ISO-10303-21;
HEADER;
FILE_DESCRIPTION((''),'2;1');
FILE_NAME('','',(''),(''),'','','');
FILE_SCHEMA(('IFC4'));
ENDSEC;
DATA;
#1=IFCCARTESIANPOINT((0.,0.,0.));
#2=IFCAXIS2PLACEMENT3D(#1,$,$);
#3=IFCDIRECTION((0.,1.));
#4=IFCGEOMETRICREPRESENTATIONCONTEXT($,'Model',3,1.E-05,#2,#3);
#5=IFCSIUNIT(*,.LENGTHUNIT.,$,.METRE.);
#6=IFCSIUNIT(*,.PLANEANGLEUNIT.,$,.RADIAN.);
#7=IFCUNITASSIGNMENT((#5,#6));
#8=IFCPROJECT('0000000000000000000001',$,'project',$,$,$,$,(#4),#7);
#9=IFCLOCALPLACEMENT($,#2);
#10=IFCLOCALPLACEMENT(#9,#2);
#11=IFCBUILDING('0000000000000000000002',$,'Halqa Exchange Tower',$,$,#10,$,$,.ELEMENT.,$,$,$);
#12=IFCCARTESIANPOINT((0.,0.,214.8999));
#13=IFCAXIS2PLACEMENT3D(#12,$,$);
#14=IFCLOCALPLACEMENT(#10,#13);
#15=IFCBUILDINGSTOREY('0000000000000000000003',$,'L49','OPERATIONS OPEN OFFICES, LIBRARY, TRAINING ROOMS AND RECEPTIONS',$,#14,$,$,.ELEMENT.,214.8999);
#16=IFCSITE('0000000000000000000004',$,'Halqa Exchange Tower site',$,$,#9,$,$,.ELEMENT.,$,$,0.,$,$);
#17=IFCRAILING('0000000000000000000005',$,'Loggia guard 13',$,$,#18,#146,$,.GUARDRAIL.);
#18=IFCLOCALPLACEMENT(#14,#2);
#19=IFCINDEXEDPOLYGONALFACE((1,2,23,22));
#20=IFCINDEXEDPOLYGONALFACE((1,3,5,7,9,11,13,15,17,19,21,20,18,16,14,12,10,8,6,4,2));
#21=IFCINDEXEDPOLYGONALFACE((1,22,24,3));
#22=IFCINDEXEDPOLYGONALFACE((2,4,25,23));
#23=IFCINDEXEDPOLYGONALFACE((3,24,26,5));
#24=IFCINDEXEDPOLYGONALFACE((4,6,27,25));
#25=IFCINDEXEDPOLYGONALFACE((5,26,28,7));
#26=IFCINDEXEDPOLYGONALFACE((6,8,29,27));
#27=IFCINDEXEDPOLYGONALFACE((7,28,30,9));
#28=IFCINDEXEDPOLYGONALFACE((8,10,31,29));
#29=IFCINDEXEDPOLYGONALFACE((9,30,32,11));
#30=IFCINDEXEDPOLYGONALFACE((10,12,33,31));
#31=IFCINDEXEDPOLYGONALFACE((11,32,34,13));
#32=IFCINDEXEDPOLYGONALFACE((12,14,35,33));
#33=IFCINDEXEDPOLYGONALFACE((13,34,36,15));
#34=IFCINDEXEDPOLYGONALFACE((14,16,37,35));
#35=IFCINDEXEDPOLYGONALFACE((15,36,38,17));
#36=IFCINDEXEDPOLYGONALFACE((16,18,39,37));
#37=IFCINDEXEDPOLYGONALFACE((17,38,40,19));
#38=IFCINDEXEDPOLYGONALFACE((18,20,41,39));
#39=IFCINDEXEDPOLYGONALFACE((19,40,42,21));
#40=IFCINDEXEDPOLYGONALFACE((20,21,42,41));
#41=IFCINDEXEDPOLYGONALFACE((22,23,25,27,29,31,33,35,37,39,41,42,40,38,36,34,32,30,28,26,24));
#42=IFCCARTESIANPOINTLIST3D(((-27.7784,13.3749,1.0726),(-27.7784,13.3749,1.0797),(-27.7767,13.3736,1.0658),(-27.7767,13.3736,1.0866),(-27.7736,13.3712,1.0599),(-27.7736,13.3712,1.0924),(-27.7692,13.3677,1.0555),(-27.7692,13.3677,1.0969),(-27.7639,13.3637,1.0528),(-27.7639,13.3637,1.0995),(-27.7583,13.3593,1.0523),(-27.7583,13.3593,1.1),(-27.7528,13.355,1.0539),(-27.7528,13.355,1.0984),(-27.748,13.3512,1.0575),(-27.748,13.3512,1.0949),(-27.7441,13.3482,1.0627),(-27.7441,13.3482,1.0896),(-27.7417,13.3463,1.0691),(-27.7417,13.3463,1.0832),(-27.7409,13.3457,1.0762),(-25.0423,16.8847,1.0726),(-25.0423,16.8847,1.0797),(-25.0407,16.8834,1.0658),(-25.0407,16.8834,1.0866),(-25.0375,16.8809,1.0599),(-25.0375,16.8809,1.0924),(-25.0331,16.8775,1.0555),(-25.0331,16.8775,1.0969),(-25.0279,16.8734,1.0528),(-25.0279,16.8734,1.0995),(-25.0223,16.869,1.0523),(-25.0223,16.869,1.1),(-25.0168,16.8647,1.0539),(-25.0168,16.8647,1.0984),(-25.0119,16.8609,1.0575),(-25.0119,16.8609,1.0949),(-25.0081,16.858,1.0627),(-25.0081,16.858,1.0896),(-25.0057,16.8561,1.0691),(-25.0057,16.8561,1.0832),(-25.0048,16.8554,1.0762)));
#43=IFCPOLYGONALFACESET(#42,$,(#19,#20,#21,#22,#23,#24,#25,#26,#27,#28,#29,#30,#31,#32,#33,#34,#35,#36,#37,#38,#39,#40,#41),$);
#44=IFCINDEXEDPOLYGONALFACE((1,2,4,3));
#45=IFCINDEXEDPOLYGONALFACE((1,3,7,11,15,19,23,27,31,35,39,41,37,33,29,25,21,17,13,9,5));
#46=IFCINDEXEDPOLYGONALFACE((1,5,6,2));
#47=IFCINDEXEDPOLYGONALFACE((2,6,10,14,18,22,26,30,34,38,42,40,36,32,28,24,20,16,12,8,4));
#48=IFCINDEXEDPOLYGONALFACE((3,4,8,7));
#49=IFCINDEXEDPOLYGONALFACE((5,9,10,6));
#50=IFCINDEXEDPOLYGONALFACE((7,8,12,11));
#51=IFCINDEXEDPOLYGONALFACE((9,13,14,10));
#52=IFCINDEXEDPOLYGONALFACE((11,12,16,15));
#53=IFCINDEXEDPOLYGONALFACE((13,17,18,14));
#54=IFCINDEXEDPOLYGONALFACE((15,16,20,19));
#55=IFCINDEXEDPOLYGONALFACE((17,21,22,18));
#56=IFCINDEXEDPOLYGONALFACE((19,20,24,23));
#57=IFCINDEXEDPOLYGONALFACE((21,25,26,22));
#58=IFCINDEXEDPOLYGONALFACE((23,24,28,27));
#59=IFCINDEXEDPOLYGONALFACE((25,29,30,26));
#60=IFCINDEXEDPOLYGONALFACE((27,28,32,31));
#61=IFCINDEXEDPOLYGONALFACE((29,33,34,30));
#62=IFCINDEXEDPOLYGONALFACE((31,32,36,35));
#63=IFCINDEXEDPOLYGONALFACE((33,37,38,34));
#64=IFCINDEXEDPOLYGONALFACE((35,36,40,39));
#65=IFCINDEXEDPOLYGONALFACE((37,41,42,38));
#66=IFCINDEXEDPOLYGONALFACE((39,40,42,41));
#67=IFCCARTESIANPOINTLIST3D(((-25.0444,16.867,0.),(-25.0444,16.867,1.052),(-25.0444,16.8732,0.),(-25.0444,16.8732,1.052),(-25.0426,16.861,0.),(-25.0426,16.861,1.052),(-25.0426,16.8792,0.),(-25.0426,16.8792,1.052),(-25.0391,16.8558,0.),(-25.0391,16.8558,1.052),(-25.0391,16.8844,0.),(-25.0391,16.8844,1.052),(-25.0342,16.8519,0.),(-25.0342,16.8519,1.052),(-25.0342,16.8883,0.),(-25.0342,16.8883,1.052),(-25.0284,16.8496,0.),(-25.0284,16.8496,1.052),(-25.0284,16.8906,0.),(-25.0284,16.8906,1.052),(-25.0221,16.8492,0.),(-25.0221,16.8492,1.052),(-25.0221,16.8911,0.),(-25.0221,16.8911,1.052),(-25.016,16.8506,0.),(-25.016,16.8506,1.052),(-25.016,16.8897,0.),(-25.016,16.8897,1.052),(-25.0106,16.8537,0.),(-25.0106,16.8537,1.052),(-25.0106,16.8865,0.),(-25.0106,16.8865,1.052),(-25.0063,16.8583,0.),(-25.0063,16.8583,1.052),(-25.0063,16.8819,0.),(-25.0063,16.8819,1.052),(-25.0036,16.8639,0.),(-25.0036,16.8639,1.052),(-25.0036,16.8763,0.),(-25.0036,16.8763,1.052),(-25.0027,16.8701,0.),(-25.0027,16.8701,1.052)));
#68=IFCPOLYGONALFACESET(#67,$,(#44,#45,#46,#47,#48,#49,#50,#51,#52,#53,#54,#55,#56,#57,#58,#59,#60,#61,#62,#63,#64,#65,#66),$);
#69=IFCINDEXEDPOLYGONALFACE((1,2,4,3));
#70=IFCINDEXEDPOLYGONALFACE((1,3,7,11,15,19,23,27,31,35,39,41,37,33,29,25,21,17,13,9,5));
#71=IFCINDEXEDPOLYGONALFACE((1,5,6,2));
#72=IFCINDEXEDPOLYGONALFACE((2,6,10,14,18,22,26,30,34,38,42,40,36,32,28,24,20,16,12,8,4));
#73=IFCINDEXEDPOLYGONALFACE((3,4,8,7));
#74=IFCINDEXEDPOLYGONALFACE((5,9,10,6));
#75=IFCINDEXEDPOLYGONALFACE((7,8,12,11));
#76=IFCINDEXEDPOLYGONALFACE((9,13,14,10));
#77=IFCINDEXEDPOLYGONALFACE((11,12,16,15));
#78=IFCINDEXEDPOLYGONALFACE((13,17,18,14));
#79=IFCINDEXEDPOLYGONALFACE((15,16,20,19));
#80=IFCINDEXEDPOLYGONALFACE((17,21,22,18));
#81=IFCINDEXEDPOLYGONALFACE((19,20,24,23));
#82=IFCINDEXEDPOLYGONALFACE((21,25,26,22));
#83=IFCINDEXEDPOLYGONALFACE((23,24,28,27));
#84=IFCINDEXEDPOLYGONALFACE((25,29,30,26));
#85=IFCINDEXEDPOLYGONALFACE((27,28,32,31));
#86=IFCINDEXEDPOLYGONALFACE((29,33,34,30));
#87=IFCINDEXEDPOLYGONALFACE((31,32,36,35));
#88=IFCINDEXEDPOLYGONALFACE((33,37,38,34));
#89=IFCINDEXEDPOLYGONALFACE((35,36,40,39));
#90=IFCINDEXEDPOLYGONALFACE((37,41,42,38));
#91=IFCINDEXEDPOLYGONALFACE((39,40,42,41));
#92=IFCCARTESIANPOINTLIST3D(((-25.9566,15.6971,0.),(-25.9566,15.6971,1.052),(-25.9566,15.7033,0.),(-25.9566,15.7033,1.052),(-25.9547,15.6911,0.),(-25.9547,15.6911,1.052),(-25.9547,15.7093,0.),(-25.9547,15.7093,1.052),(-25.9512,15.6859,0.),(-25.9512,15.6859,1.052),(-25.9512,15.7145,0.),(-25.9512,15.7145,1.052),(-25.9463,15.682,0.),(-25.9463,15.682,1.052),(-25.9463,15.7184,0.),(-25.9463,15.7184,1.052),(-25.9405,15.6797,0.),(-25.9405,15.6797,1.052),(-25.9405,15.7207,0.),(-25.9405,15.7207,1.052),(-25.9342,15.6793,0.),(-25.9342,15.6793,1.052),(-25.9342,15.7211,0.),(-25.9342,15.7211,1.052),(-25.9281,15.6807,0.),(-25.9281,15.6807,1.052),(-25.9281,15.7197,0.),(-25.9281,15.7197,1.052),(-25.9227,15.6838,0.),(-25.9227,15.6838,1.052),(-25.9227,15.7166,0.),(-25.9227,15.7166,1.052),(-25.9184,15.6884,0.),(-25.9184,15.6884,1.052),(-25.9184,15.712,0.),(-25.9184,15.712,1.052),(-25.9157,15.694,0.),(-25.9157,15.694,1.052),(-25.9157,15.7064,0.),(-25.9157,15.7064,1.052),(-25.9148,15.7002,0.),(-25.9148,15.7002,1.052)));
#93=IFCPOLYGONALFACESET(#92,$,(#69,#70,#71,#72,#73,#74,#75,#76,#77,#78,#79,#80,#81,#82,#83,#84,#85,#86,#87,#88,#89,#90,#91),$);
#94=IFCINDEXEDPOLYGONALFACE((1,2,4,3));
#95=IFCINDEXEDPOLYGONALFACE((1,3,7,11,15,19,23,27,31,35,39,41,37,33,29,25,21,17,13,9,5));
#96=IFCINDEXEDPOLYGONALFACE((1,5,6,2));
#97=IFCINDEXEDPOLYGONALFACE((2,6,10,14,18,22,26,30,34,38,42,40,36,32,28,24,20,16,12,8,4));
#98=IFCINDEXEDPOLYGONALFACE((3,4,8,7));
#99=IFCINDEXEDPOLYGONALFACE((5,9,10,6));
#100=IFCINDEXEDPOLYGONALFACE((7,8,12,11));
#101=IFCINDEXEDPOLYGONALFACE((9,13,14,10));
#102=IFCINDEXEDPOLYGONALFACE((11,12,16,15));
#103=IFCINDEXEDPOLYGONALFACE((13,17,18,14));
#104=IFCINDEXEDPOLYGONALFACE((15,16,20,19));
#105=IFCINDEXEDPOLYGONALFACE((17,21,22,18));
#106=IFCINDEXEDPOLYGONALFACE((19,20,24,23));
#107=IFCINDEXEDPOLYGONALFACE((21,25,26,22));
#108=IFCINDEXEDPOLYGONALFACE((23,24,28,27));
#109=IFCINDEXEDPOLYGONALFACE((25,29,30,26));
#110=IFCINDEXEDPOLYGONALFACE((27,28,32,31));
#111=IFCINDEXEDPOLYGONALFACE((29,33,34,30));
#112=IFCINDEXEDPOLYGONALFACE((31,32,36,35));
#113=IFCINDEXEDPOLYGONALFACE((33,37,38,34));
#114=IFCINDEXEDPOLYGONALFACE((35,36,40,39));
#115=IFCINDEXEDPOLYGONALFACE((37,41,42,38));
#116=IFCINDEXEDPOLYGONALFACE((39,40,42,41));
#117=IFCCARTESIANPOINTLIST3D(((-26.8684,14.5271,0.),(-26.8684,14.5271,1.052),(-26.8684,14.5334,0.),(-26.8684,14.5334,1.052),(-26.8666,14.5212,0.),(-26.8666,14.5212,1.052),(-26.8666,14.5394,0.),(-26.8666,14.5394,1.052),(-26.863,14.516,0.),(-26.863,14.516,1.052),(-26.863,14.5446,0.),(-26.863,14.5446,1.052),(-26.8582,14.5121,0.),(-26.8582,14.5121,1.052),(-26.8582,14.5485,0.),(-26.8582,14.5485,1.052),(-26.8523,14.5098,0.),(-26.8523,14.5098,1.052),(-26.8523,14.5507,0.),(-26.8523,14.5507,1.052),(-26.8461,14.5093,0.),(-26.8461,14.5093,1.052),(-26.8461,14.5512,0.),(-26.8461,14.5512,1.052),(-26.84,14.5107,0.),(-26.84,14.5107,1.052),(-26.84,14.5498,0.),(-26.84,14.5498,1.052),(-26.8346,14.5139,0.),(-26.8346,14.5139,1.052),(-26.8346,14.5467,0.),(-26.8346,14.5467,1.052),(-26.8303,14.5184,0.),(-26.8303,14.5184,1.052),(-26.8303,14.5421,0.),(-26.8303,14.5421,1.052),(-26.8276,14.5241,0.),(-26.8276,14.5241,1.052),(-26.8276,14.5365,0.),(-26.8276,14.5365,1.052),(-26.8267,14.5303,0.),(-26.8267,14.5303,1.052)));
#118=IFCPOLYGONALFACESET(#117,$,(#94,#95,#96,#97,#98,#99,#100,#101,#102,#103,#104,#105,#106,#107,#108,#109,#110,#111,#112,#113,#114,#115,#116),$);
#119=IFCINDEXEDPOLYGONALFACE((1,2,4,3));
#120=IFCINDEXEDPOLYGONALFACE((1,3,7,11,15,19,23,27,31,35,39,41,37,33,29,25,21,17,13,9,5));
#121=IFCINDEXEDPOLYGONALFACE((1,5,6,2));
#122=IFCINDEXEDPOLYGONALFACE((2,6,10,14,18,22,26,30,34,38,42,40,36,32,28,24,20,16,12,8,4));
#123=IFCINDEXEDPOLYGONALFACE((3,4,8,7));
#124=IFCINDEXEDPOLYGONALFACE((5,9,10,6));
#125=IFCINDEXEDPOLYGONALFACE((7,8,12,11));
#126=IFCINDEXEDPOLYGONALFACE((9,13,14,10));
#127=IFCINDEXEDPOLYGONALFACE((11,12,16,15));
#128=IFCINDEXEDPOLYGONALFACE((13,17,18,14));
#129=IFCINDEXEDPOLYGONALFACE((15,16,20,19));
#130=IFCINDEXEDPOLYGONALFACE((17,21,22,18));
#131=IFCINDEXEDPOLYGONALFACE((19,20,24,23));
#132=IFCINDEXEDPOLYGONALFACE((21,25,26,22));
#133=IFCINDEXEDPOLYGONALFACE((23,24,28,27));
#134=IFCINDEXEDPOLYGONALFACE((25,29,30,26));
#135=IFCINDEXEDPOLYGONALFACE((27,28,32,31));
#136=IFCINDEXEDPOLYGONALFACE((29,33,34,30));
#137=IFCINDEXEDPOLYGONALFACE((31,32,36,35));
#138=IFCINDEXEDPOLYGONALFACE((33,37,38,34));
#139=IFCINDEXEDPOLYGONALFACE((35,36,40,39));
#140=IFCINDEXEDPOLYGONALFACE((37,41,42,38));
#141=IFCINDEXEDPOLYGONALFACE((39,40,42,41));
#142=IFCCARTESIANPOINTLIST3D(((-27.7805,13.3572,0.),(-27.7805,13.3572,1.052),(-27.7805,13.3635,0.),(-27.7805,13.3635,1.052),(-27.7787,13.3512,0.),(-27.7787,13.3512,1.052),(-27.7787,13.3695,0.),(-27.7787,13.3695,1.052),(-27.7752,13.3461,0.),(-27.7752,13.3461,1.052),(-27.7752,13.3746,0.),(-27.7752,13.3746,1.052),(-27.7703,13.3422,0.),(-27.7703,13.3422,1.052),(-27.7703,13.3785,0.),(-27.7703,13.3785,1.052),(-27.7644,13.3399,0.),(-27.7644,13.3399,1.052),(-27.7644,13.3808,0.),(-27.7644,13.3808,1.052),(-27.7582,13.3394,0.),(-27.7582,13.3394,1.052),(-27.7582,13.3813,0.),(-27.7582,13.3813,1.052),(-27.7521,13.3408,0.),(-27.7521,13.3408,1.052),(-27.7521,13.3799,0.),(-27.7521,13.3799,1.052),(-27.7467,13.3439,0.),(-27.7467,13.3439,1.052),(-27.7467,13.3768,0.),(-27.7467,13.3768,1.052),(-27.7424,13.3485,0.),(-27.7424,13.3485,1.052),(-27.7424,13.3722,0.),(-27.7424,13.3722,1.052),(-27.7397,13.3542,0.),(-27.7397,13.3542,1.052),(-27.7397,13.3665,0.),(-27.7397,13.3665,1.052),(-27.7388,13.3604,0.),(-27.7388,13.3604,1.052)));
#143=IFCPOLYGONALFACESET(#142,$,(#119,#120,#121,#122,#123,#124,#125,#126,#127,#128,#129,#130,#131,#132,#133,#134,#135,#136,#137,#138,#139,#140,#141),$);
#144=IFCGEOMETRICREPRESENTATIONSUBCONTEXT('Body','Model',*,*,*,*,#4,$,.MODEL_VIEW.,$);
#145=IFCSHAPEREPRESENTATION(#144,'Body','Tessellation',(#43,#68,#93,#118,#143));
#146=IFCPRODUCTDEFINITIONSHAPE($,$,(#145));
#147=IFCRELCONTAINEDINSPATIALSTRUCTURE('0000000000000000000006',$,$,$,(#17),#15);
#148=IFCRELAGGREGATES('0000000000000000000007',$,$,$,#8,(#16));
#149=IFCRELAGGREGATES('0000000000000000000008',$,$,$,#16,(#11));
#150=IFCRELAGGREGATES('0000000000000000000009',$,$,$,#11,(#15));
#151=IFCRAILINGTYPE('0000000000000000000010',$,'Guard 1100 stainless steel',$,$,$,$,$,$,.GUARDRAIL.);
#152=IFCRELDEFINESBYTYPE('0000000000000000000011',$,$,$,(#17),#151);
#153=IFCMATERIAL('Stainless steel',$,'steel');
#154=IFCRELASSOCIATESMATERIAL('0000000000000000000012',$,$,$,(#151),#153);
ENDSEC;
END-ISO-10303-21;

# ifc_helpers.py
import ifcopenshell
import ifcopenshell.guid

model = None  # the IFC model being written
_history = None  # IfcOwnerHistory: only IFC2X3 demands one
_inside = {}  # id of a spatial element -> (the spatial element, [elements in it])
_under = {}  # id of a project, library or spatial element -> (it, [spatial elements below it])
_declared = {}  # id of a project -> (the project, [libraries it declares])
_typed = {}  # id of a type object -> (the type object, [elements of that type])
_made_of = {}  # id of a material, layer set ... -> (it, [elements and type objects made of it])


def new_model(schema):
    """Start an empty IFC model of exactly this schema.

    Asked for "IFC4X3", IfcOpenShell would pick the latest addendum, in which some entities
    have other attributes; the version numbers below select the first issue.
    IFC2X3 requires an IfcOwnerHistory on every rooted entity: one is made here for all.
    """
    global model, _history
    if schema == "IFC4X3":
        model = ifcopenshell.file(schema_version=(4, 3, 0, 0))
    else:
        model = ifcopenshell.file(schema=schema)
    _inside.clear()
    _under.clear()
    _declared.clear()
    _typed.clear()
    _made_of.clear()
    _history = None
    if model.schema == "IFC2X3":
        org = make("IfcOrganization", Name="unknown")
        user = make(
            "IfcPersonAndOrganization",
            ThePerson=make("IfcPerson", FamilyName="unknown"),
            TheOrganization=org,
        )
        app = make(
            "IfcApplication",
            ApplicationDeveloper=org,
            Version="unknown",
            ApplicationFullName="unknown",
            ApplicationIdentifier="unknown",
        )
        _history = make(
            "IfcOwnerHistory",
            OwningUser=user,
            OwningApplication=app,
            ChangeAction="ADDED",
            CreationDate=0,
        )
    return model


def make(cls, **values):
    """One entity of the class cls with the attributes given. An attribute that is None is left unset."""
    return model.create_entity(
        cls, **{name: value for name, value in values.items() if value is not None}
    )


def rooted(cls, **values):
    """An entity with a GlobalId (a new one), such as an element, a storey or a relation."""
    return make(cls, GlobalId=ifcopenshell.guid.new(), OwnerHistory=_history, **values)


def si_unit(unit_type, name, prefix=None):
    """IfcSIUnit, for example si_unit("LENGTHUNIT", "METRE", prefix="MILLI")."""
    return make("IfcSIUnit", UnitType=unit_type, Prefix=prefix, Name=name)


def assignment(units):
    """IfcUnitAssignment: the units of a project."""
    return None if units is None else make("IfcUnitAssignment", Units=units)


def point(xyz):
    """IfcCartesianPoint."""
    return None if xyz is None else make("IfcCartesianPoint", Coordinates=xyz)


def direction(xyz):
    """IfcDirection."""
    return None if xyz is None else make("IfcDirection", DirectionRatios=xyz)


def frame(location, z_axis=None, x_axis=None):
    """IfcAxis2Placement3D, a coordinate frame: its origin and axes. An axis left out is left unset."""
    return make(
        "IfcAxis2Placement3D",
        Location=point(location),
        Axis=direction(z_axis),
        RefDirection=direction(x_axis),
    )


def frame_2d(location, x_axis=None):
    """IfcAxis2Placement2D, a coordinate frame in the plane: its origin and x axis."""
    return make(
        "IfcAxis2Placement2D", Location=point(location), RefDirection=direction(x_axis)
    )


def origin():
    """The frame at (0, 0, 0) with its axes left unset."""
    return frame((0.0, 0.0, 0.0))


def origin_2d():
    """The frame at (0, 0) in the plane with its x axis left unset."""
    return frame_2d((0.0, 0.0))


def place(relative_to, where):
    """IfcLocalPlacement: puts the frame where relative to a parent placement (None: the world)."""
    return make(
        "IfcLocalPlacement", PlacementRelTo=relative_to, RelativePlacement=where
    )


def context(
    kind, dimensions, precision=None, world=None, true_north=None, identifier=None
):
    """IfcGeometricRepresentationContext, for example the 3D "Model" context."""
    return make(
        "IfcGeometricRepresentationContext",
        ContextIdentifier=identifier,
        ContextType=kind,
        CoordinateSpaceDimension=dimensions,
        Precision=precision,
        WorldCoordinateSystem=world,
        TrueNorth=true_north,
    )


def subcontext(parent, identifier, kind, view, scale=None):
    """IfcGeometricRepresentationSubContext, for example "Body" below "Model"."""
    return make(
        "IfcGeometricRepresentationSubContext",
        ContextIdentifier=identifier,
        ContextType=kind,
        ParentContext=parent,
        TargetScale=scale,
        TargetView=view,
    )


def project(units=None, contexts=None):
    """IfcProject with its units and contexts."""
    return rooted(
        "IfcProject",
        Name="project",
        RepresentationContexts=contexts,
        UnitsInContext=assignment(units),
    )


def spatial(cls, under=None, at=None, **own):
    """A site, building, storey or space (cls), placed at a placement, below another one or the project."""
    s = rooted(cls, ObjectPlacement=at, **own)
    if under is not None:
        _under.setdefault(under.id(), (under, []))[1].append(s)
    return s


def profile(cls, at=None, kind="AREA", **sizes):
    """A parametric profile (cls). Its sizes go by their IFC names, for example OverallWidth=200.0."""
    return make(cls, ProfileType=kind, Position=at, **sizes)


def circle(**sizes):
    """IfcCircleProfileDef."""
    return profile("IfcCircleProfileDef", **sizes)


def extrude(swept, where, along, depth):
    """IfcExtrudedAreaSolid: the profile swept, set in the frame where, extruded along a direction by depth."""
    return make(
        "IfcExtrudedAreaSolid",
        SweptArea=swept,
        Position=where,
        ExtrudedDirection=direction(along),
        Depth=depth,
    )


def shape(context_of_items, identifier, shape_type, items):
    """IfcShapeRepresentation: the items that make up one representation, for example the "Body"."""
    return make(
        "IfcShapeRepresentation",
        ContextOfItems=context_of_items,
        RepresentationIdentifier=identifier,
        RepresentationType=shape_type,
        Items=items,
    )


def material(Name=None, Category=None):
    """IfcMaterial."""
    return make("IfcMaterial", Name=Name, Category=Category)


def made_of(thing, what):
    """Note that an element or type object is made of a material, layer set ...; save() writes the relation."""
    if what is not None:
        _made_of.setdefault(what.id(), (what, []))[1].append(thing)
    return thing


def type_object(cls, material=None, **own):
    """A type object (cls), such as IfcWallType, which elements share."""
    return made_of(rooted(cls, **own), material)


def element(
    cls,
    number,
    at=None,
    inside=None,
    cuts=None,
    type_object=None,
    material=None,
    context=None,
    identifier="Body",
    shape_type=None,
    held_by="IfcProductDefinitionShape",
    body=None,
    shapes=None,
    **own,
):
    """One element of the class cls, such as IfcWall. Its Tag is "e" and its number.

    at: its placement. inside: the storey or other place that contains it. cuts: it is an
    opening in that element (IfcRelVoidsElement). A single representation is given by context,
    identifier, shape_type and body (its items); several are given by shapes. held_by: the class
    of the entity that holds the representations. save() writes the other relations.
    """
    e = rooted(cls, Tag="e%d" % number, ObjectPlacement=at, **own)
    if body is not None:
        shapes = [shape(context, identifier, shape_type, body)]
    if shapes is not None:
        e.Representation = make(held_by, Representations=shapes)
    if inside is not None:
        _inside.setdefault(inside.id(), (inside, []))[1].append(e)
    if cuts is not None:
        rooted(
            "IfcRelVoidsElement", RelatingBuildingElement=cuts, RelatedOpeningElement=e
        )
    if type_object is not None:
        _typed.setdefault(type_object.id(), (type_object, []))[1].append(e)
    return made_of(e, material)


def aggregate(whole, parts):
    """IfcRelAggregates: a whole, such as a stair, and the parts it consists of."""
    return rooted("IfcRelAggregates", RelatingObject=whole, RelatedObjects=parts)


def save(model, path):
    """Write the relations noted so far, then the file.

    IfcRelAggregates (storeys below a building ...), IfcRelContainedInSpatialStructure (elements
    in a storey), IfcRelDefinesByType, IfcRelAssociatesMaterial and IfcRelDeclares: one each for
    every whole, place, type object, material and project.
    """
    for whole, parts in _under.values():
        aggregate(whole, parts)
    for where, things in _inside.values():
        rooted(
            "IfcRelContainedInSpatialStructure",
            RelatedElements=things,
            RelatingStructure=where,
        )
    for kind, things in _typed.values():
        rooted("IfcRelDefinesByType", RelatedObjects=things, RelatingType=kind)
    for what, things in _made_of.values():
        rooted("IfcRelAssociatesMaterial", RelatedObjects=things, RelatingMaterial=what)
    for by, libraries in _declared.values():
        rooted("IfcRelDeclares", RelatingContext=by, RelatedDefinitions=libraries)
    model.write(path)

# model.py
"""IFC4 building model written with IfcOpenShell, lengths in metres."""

from ifc_helpers import new_model, si_unit, direction, frame, origin, origin_2d, place, context, subcontext, project, spatial, circle, extrude, material, type_object, element, save


model = new_model("IFC4")

# Units and contexts
model_context = context("Model", 3, precision=1e-05, world=origin(), true_north=direction((0.0, 1.0)))
body_context = subcontext(model_context, "Body", "Model", "MODEL_VIEW")
ifc_project = project(units=[si_unit("LENGTHUNIT", "METRE"), si_unit("PLANEANGLEUNIT", "RADIAN")], contexts=[model_context])

# Site, building, storey
site_placement = place(None, origin())
site = spatial("IfcSite", under=ifc_project, at=site_placement, Name="Halqa Exchange Tower site", CompositionType="ELEMENT", RefElevation=0.0)
building_placement = place(site_placement, origin())
building = spatial("IfcBuilding", under=site, at=building_placement, Name="Halqa Exchange Tower", CompositionType="ELEMENT")
storey_placement = place(building_placement, frame((0.0, 0.0, 214.8999)))
storey = spatial("IfcBuildingStorey", under=building, at=storey_placement, Name="L49", Description="OPERATIONS OPEN OFFICES, LIBRARY, TRAINING ROOMS AND RECEPTIONS", CompositionType="ELEMENT", Elevation=214.8999)

# Railing
ifc_material_1 = material(Name="Stainless steel", Category="steel")
railing_type = type_object("IfcRailingType", Name="Guard 1100 stainless steel", PredefinedType="GUARDRAIL", material=ifc_material_1)
railing_1_placement = place(storey_placement, frame((-25.0237, 16.8701, 0.0)))
element("IfcRailing", 1, at=railing_1_placement, inside=storey, type_object=railing_type, Name="Loggia guard 13", PredefinedType="GUARDRAIL", context=body_context, shape_type="SweptSolid", body=[
    extrude(circle(Radius=0.0239, at=origin_2d()), frame((0.0, 0.0, 1.0762), z_axis=(-0.614818, -0.788669, 0.0), x_axis=(0.788669, -0.614818, 0.0)), (0.0, 0.0, 1.0), 4.4502),
    extrude(circle(Radius=0.021, at=origin_2d()), origin(), (0.0, 0.0, 1.0), 1.052),
    extrude(circle(Radius=0.021, at=origin_2d()), frame((-0.9121, -1.1699, 0.0)), (0.0, 0.0, 1.0), 1.052),
    extrude(circle(Radius=0.021, at=origin_2d()), frame((-1.824, -2.3398, 0.0)), (0.0, 0.0, 1.0), 1.052),
    extrude(circle(Radius=0.021, at=origin_2d()), frame((-2.7361, -3.5098, 0.0)), (0.0, 0.0, 1.0), 1.052),
])

save(model, "model.ifc")
